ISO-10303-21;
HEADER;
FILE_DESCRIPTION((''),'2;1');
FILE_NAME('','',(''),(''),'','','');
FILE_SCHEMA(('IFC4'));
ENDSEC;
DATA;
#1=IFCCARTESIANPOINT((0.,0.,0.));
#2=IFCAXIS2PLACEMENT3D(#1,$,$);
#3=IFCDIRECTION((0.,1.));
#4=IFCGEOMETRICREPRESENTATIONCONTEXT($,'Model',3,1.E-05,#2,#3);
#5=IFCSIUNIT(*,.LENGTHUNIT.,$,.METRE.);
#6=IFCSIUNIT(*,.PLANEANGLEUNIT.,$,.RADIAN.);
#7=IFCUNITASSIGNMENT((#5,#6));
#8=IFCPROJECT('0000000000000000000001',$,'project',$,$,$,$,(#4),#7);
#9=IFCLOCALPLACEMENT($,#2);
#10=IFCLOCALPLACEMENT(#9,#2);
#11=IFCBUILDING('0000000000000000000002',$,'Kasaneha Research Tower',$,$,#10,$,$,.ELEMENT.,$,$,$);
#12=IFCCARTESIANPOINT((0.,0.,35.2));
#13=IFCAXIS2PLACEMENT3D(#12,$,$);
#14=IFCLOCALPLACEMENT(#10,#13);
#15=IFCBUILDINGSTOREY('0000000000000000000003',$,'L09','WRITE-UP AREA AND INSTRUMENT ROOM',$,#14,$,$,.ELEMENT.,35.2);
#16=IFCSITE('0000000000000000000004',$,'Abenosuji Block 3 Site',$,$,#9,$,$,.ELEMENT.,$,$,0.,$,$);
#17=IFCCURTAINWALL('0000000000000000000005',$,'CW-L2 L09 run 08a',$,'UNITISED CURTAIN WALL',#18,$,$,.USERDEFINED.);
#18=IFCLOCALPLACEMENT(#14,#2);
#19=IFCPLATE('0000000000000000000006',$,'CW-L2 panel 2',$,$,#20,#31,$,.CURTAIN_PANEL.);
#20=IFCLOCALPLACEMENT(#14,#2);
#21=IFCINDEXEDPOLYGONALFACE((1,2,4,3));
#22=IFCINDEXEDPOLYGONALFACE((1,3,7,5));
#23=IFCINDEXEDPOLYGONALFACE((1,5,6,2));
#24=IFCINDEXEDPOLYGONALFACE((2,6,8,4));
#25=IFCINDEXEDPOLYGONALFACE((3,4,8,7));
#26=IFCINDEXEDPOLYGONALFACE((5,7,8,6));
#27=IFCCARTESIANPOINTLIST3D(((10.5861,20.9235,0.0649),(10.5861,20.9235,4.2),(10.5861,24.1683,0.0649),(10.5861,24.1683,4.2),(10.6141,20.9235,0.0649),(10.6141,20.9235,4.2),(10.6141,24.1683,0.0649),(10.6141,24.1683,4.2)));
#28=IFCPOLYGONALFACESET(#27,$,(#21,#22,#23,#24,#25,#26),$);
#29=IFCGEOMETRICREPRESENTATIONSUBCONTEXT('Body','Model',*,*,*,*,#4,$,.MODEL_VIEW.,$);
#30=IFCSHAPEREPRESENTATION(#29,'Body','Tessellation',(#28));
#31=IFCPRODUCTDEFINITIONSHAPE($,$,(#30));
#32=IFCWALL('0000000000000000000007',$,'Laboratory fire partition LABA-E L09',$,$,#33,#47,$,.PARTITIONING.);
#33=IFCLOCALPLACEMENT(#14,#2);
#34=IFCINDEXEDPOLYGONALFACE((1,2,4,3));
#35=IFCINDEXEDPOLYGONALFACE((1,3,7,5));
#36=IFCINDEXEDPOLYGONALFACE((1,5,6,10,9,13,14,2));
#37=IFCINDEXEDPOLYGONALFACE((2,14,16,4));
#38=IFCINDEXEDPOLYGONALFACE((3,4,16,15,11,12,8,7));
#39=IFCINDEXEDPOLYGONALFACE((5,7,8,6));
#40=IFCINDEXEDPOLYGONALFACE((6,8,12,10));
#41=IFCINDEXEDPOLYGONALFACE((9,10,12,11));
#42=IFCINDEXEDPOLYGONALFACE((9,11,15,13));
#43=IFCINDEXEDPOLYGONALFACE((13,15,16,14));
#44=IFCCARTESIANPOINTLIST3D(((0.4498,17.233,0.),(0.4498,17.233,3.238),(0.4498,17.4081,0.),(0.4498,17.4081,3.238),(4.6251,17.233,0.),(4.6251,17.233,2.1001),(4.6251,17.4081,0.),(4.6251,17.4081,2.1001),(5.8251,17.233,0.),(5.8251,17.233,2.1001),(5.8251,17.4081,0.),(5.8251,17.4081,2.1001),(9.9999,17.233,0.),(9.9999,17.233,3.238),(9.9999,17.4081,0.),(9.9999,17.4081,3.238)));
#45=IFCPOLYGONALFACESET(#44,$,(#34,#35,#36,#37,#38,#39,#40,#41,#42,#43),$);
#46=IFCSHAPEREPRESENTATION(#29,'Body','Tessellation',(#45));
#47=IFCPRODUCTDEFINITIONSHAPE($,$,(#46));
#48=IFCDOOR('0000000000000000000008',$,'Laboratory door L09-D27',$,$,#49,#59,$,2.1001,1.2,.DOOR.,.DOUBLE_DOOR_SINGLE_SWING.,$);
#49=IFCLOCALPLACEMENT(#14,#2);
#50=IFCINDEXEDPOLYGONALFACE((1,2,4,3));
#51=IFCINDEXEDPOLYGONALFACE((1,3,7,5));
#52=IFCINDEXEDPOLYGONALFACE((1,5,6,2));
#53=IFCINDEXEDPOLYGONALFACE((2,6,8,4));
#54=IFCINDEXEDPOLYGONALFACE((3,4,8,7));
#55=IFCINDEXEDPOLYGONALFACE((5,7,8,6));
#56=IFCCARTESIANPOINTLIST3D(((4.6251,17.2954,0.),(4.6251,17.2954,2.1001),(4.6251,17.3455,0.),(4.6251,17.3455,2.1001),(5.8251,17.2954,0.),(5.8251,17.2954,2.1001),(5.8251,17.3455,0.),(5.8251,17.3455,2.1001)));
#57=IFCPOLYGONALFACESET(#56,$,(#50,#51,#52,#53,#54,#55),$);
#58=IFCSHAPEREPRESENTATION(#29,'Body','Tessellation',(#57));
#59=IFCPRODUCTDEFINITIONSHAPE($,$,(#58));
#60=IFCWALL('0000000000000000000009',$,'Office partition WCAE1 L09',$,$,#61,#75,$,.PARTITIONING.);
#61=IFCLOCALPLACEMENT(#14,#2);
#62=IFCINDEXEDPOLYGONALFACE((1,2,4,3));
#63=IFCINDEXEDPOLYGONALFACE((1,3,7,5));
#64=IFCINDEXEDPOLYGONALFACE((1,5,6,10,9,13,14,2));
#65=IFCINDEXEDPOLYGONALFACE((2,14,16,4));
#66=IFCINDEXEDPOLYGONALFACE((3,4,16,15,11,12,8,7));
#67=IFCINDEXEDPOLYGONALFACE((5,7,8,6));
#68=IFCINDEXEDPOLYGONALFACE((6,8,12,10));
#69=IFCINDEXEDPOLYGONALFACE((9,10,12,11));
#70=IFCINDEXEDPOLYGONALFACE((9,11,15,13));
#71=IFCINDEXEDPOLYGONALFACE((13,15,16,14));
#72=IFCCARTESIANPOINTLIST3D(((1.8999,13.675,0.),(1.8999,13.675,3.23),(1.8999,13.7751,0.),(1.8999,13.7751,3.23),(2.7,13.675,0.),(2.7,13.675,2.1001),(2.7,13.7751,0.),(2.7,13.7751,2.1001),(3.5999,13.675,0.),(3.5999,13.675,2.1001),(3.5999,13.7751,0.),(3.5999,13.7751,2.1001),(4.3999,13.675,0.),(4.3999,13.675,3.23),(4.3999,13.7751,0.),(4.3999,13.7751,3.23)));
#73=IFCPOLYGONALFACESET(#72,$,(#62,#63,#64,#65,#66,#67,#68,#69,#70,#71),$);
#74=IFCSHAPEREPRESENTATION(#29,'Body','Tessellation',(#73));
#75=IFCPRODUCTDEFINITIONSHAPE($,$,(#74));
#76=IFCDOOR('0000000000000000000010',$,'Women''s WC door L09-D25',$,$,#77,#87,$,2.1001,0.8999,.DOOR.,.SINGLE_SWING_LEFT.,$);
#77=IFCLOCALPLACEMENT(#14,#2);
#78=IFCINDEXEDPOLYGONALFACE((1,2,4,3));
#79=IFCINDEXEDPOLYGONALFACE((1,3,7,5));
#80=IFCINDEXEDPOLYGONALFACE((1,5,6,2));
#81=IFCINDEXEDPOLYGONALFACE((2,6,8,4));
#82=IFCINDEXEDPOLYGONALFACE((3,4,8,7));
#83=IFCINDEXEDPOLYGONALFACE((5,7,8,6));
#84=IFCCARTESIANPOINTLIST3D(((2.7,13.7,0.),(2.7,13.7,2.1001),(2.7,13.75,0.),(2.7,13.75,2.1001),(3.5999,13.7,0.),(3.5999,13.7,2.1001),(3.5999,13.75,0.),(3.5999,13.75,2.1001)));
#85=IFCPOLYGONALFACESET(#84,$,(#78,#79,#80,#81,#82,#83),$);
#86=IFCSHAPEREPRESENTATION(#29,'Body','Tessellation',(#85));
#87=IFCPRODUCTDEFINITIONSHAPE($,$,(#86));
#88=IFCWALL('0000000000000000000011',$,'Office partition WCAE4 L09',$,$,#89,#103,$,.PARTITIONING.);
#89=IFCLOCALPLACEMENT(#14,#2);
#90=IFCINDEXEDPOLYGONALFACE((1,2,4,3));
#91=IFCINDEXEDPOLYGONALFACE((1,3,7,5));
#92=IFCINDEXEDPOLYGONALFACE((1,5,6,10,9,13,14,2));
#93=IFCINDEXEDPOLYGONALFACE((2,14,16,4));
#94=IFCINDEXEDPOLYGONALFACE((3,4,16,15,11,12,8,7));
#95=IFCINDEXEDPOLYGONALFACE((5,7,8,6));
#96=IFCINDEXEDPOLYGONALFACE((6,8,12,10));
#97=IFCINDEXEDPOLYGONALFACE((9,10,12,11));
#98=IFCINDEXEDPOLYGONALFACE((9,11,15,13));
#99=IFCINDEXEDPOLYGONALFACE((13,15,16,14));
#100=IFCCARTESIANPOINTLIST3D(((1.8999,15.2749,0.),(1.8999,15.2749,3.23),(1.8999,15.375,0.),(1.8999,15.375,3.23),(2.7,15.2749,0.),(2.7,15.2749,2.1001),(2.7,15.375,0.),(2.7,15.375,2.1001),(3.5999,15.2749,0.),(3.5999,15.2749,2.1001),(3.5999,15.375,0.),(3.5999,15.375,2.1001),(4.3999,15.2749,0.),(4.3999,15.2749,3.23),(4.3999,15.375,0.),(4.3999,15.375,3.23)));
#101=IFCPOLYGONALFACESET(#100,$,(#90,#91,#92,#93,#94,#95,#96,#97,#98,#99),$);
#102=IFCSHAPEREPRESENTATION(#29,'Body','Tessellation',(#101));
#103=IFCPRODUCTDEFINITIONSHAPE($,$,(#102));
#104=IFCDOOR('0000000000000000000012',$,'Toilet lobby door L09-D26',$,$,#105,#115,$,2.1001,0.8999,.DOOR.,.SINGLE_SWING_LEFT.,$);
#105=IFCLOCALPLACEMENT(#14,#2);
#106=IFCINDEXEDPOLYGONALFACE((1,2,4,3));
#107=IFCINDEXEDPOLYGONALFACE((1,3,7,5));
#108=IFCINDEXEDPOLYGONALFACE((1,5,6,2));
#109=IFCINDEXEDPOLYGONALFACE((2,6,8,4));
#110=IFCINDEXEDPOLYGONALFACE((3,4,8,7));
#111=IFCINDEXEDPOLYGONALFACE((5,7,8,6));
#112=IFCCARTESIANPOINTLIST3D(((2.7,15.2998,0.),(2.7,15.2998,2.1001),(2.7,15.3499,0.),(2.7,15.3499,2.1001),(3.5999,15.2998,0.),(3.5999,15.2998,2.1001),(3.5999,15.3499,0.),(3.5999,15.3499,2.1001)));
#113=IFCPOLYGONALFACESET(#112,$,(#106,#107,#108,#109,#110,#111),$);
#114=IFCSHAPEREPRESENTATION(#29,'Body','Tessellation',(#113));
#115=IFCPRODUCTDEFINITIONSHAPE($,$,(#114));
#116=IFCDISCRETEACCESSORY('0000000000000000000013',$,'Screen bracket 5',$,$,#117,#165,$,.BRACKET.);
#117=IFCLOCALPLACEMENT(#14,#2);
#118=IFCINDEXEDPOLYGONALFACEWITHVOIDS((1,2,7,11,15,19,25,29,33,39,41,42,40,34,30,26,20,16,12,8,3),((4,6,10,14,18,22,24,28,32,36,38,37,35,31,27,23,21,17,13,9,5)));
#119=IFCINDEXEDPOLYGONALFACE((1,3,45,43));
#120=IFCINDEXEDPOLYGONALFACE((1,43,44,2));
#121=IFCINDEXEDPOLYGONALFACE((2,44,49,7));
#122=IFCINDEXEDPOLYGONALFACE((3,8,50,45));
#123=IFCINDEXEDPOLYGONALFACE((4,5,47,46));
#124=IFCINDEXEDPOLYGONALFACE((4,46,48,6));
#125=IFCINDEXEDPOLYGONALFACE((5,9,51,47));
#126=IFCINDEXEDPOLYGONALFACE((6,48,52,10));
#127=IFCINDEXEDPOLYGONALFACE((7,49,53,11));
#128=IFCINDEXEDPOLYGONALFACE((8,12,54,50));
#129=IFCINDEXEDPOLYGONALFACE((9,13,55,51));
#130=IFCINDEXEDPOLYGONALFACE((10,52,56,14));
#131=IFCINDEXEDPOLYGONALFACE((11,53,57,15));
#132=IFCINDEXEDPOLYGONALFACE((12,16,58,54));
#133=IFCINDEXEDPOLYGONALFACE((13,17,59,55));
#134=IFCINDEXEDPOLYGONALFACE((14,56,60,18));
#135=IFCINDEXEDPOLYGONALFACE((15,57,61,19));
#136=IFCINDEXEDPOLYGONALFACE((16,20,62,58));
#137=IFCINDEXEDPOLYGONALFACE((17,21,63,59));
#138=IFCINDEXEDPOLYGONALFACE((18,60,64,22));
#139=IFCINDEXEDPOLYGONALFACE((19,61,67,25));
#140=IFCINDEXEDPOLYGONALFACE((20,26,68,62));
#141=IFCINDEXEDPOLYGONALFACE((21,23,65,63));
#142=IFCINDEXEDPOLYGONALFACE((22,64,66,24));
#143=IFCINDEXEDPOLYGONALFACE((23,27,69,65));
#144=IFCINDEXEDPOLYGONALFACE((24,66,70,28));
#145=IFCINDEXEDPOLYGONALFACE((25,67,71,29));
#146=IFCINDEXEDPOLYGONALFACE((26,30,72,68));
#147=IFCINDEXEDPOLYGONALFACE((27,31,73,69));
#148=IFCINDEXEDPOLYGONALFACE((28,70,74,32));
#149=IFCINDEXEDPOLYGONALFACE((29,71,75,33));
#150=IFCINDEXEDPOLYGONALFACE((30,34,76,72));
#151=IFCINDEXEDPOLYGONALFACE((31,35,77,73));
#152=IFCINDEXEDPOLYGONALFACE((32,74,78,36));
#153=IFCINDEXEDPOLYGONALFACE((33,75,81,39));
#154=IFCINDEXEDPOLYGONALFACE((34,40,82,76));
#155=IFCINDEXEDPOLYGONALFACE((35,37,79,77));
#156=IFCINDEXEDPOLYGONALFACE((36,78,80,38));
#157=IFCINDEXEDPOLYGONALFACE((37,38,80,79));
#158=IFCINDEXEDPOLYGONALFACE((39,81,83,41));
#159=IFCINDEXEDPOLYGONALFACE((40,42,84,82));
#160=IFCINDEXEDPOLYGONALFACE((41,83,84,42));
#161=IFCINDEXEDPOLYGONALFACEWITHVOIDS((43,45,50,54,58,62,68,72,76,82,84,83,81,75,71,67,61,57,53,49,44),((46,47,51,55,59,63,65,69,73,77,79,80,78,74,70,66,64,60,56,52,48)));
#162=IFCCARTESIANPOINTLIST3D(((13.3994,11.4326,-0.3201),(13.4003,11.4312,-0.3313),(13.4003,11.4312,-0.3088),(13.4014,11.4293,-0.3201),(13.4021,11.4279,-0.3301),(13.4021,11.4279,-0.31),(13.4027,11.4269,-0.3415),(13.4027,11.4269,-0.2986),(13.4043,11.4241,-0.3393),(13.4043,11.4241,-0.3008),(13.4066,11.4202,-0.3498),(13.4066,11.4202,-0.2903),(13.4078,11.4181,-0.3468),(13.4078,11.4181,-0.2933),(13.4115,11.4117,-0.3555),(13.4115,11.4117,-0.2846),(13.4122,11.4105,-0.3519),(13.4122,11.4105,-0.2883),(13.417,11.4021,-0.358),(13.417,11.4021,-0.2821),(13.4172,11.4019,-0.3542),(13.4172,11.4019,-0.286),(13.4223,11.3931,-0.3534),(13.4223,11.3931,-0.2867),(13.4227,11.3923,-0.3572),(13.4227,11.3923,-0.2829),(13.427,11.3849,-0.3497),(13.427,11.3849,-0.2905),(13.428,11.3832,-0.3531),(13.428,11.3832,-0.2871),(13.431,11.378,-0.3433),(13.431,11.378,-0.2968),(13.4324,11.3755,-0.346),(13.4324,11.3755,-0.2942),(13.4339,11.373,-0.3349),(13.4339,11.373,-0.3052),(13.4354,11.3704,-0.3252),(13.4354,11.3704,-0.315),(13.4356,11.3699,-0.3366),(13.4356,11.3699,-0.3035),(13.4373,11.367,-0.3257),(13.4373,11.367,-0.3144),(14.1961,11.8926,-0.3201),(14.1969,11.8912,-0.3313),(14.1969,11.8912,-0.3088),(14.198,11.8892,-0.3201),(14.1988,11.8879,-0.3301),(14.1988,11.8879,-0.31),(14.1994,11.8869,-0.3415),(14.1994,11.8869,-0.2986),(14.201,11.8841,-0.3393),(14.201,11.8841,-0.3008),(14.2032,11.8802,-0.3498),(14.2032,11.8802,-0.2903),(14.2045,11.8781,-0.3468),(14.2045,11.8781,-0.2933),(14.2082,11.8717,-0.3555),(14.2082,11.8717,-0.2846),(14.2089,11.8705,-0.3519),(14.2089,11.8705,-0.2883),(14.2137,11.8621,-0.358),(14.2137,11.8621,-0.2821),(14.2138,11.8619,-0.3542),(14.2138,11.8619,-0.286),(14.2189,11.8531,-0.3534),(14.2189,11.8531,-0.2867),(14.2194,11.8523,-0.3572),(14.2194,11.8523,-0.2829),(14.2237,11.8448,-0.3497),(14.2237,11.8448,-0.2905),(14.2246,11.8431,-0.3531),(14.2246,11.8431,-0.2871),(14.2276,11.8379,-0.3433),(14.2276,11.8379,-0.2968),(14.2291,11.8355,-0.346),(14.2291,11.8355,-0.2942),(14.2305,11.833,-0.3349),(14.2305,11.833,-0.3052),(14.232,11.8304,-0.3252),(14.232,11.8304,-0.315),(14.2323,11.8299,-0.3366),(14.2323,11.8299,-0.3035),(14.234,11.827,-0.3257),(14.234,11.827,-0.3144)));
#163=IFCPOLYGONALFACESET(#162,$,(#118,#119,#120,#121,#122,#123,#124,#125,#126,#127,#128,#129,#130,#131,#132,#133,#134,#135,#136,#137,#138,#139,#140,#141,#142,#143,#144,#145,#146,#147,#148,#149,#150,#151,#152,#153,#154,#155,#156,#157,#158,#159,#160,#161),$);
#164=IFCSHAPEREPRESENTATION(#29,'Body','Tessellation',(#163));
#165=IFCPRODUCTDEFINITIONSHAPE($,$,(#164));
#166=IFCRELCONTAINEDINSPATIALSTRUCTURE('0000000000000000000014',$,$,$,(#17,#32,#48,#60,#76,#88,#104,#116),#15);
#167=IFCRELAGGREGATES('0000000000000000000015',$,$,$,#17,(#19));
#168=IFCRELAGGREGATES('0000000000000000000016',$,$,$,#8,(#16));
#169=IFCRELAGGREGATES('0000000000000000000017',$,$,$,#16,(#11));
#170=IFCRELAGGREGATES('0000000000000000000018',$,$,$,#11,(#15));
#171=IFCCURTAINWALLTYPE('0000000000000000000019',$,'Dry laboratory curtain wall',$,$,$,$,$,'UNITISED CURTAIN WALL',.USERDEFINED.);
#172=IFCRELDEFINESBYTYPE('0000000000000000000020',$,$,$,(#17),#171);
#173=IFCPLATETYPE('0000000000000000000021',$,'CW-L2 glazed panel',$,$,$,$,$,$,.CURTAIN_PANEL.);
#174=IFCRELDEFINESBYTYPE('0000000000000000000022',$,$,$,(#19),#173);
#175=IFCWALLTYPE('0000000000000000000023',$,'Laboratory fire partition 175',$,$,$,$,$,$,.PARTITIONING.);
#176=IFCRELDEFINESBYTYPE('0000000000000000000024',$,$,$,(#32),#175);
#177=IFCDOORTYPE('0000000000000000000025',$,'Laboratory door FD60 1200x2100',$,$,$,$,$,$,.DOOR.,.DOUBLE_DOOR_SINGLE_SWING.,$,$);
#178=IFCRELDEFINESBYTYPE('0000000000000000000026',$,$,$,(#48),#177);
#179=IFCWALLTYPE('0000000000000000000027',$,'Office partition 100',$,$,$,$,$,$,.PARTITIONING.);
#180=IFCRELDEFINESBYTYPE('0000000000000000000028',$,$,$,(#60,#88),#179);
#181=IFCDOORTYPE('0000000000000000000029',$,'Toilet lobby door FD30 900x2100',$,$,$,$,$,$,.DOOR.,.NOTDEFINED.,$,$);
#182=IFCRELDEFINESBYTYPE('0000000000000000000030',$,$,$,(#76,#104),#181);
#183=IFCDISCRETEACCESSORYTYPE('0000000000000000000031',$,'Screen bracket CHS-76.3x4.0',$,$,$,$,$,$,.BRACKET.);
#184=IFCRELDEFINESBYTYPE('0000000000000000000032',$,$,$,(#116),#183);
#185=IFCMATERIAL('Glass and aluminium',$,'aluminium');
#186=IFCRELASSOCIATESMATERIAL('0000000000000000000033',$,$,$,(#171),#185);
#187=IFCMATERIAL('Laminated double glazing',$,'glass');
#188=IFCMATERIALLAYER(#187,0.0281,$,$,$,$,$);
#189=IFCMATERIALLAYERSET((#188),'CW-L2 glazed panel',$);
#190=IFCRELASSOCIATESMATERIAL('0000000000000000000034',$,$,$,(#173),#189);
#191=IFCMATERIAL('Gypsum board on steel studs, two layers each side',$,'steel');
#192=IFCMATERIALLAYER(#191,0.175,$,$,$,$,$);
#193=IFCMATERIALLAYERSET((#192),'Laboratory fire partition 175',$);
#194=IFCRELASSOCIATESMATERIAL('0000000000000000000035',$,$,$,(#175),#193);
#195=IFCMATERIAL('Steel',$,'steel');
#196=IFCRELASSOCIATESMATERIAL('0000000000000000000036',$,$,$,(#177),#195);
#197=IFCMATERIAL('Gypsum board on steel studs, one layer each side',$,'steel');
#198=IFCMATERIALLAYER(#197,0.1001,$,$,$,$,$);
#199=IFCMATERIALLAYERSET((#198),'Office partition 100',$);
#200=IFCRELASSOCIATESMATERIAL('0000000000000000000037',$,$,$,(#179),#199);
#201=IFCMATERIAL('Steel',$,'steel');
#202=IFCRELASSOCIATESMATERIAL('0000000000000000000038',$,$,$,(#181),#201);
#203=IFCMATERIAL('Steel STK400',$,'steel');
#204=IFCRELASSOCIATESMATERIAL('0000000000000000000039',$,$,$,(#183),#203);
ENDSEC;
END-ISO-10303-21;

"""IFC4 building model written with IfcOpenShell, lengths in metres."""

from ifc_helpers import new_model, si_unit, direction, frame, frame_2d, origin, origin_2d, place, context, subcontext, project, spatial, rectangle, hollow_circle, extrude, material, layer, layer_set, material_profile, profile_set, type_object, element, fill, aggregate, save


model = new_model("IFC4")

# Units and contexts
model_context = context("Model", 3, precision=1e-05, world=origin(), true_north=direction((0.0, 1.0)))
body_context = subcontext(model_context, "Body", "Model", "MODEL_VIEW")
ifc_project = project(units=[si_unit("LENGTHUNIT", "METRE"), si_unit("PLANEANGLEUNIT", "RADIAN")], contexts=[model_context])

# Site, building, storey
site_placement = place(None, origin())
site = spatial("IfcSite", under=ifc_project, at=site_placement, Name="Abenosuji Block 3 Site", CompositionType="ELEMENT", RefElevation=0.0)
building_placement = place(site_placement, origin())
building = spatial("IfcBuilding", under=site, at=building_placement, Name="Kasaneha Research Tower", CompositionType="ELEMENT")
storey_placement = place(building_placement, frame((0.0, 0.0, 35.2)))
storey = spatial("IfcBuildingStorey", under=building, at=storey_placement, Name="L09", Description="WRITE-UP AREA AND INSTRUMENT ROOM", CompositionType="ELEMENT", Elevation=35.2)

# Curtain wall
ifc_material_1 = material(Name="Glass and aluminium", Category="aluminium")
curtain_wall_type = type_object("IfcCurtainWallType", Name="Dry laboratory curtain wall", ElementType="UNITISED CURTAIN WALL", PredefinedType="USERDEFINED", material=ifc_material_1)
curtain_wall_1_placement = place(storey_placement, origin())
curtain_wall_1 = element("IfcCurtainWall", 1, at=curtain_wall_1_placement, inside=storey, type_object=curtain_wall_type, Name="CW-L2 L09 run 08a", ObjectType="UNITISED CURTAIN WALL", PredefinedType="USERDEFINED")

# Plate
ifc_material_2 = material(Name="Laminated double glazing", Category="glass")
ifc_layer_1 = layer(ifc_material_2, 0.0281)
ifc_layer_set_1 = layer_set([ifc_layer_1], Name="CW-L2 glazed panel")
plate_type = type_object("IfcPlateType", Name="CW-L2 glazed panel", PredefinedType="CURTAIN_PANEL", material=ifc_layer_set_1)
plate_1_placement = place(storey_placement, frame((10.6001, 22.5459, 0.0649), z_axis=(0.0, 0.0, 1.0), x_axis=(0.0, 1.0, 0.0)))
plate_1 = element("IfcPlate", 2, at=plate_1_placement, type_object=plate_type, Name="CW-L2 panel 2", PredefinedType="CURTAIN_PANEL", context=body_context, shape_type="SweptSolid", body=[
    extrude(rectangle(XDim=3.2449, YDim=0.0281, at=origin_2d()), origin(), (0.0, 0.0, 1.0), 4.135),
])
aggregate(curtain_wall_1, [plate_1])

# Walls, openings, doors
ifc_material_3 = material(Name="Gypsum board on steel studs, two layers each side", Category="steel")
ifc_layer_2 = layer(ifc_material_3, 0.175)
ifc_layer_set_2 = layer_set([ifc_layer_2], Name="Laboratory fire partition 175")
wall_type_1 = type_object("IfcWallType", Name="Laboratory fire partition 175", PredefinedType="PARTITIONING", material=ifc_layer_set_2)
wall_1_placement = place(storey_placement, frame((0.45, 17.3206, 0.0), z_axis=(0.0, 0.0, 1.0), x_axis=(1.0, 0.0, 0.0)))
wall_1 = element("IfcWall", 3, at=wall_1_placement, inside=storey, type_object=wall_type_1, Name="Laboratory fire partition LABA-E L09", PredefinedType="PARTITIONING", context=body_context, shape_type="SweptSolid", body=[
    extrude(rectangle(XDim=9.55, YDim=0.175, at=frame_2d((4.7749, 0.0))), origin(), (0.0, 0.0, 1.0), 3.238),
])
opening_1_placement = place(wall_1_placement, frame((4.175, 0.0, 0.0)))
opening_1 = element("IfcOpeningElement", 4, at=opening_1_placement, cuts=wall_1, PredefinedType="OPENING", context=body_context, shape_type="SweptSolid", body=[
    extrude(rectangle(XDim=1.2, YDim=2.1001, at=frame_2d((0.6001, 1.05))), frame((0.0, 0.0977, 0.0), z_axis=(0.0, -1.0, 0.0), x_axis=(1.0, 0.0, 0.0)), (0.0, 0.0, 1.0), 0.1951),
])
ifc_material_4 = material(Name="Steel", Category="steel")
door_type_1 = type_object("IfcDoorType", Name="Laboratory door FD60 1200x2100", OperationType="DOUBLE_DOOR_SINGLE_SWING", PredefinedType="DOOR", material=ifc_material_4)
door_1_placement = place(opening_1_placement, origin())
door_1 = element("IfcDoor", 5, at=door_1_placement, inside=storey, type_object=door_type_1, Name="Laboratory door L09-D27", OperationType="DOUBLE_DOOR_SINGLE_SWING", OverallHeight=2.1001, OverallWidth=1.2, PredefinedType="DOOR", context=body_context, shape_type="SweptSolid", body=[
    extrude(rectangle(XDim=1.2, YDim=2.1001, at=frame_2d((0.6001, 1.05))), frame((0.0, 0.0249, 0.0), z_axis=(0.0, -1.0, 0.0), x_axis=(1.0, 0.0, 0.0)), (0.0, 0.0, 1.0), 0.05),
])
fill(opening_1, door_1)
ifc_material_5 = material(Name="Gypsum board on steel studs, one layer each side", Category="steel")
ifc_layer_3 = layer(ifc_material_5, 0.1001)
ifc_layer_set_3 = layer_set([ifc_layer_3], Name="Office partition 100")
wall_type_2 = type_object("IfcWallType", Name="Office partition 100", PredefinedType="PARTITIONING", material=ifc_layer_set_3)
wall_2_placement = place(storey_placement, frame((1.8999, 13.7251, 0.0), z_axis=(0.0, 0.0, 1.0), x_axis=(1.0, 0.0, 0.0)))
wall_2 = element("IfcWall", 6, at=wall_2_placement, inside=storey, type_object=wall_type_2, Name="Office partition WCAE1 L09", PredefinedType="PARTITIONING", context=body_context, shape_type="SweptSolid", body=[
    extrude(rectangle(XDim=2.5, YDim=0.1001, at=frame_2d((1.25, 0.0))), origin(), (0.0, 0.0, 1.0), 3.23),
])
opening_2_placement = place(wall_2_placement, frame((0.8, 0.0, 0.0)))
opening_2 = element("IfcOpeningElement", 7, at=opening_2_placement, cuts=wall_2, PredefinedType="OPENING", context=body_context, shape_type="SweptSolid", body=[
    extrude(rectangle(XDim=0.8999, YDim=2.1001, at=frame_2d((0.45, 1.05))), frame((0.0, 0.0601, 0.0), z_axis=(0.0, -1.0, 0.0), x_axis=(1.0, 0.0, 0.0)), (0.0, 0.0, 1.0), 0.1201),
])
ifc_material_6 = material(Name="Steel", Category="steel")
door_type_2 = type_object("IfcDoorType", Name="Toilet lobby door FD30 900x2100", OperationType="NOTDEFINED", PredefinedType="DOOR", material=ifc_material_6)
door_2_placement = place(opening_2_placement, origin())
door_2 = element("IfcDoor", 8, at=door_2_placement, inside=storey, type_object=door_type_2, Name="Women's WC door L09-D25", OperationType="SINGLE_SWING_LEFT", OverallHeight=2.1001, OverallWidth=0.8999, PredefinedType="DOOR", context=body_context, shape_type="SweptSolid", body=[
    extrude(rectangle(XDim=0.8999, YDim=2.1001, at=frame_2d((0.45, 1.05))), frame((0.0, 0.0249, 0.0), z_axis=(0.0, -1.0, 0.0), x_axis=(1.0, 0.0, 0.0)), (0.0, 0.0, 1.0), 0.05),
])
fill(opening_2, door_2)
wall_3_placement = place(storey_placement, frame((1.8999, 15.325, 0.0), z_axis=(0.0, 0.0, 1.0), x_axis=(1.0, 0.0, 0.0)))
wall_3 = element("IfcWall", 9, at=wall_3_placement, inside=storey, type_object=wall_type_2, Name="Office partition WCAE4 L09", PredefinedType="PARTITIONING", context=body_context, shape_type="SweptSolid", body=[
    extrude(rectangle(XDim=2.5, YDim=0.1001, at=frame_2d((1.25, 0.0))), origin(), (0.0, 0.0, 1.0), 3.23),
])
opening_3_placement = place(wall_3_placement, frame((0.8, 0.0, 0.0)))
opening_3 = element("IfcOpeningElement", 10, at=opening_3_placement, cuts=wall_3, PredefinedType="OPENING", context=body_context, shape_type="SweptSolid", body=[
    extrude(rectangle(XDim=0.8999, YDim=2.1001, at=frame_2d((0.45, 1.05))), frame((0.0, 0.0601, 0.0), z_axis=(0.0, -1.0, 0.0), x_axis=(1.0, 0.0, 0.0)), (0.0, 0.0, 1.0), 0.1201),
])
door_3_placement = place(opening_3_placement, origin())
door_3 = element("IfcDoor", 11, at=door_3_placement, inside=storey, type_object=door_type_2, Name="Toilet lobby door L09-D26", OperationType="SINGLE_SWING_LEFT", OverallHeight=2.1001, OverallWidth=0.8999, PredefinedType="DOOR", context=body_context, shape_type="SweptSolid", body=[
    extrude(rectangle(XDim=0.8999, YDim=2.1001, at=frame_2d((0.45, 1.05))), frame((0.0, 0.0249, 0.0), z_axis=(0.0, -1.0, 0.0), x_axis=(1.0, 0.0, 0.0)), (0.0, 0.0, 1.0), 0.05),
])
fill(opening_3, door_3)

# Discrete accessory
ifc_material_7 = material(Name="Steel STK400", Category="steel")
ifc_material_profile_1 = material_profile(ifc_material_7, hollow_circle(Radius=0.0381, WallThickness=0.0039, at=origin_2d()), Name="CHS-76.3x4.0")
ifc_profile_set_1 = profile_set([ifc_material_profile_1], Name="Steel STK400")
discrete_accessory_type = type_object("IfcDiscreteAccessoryType", Name="Screen bracket CHS-76.3x4.0", PredefinedType="BRACKET", material=ifc_profile_set_1)
for number, where, z_axis, x_axis, name in (
    (12, (13.4185, 11.3997, -0.3201), (0.866013, 0.500021, 0.0), (-0.500021, 0.866013, 0.0), "Screen bracket 5"),
):
    element("IfcDiscreteAccessory", number, at=place(storey_placement, frame(where, z_axis=z_axis, x_axis=x_axis)), inside=storey, type_object=discrete_accessory_type, Name=name, PredefinedType="BRACKET", context=body_context, shape_type="SweptSolid", body=[
        extrude(hollow_circle(Radius=0.0381, WallThickness=0.0039, at=origin_2d()), origin(), (0.0, 0.0, 1.0), 0.9199),
    ])

save(model, "model.ifc")
